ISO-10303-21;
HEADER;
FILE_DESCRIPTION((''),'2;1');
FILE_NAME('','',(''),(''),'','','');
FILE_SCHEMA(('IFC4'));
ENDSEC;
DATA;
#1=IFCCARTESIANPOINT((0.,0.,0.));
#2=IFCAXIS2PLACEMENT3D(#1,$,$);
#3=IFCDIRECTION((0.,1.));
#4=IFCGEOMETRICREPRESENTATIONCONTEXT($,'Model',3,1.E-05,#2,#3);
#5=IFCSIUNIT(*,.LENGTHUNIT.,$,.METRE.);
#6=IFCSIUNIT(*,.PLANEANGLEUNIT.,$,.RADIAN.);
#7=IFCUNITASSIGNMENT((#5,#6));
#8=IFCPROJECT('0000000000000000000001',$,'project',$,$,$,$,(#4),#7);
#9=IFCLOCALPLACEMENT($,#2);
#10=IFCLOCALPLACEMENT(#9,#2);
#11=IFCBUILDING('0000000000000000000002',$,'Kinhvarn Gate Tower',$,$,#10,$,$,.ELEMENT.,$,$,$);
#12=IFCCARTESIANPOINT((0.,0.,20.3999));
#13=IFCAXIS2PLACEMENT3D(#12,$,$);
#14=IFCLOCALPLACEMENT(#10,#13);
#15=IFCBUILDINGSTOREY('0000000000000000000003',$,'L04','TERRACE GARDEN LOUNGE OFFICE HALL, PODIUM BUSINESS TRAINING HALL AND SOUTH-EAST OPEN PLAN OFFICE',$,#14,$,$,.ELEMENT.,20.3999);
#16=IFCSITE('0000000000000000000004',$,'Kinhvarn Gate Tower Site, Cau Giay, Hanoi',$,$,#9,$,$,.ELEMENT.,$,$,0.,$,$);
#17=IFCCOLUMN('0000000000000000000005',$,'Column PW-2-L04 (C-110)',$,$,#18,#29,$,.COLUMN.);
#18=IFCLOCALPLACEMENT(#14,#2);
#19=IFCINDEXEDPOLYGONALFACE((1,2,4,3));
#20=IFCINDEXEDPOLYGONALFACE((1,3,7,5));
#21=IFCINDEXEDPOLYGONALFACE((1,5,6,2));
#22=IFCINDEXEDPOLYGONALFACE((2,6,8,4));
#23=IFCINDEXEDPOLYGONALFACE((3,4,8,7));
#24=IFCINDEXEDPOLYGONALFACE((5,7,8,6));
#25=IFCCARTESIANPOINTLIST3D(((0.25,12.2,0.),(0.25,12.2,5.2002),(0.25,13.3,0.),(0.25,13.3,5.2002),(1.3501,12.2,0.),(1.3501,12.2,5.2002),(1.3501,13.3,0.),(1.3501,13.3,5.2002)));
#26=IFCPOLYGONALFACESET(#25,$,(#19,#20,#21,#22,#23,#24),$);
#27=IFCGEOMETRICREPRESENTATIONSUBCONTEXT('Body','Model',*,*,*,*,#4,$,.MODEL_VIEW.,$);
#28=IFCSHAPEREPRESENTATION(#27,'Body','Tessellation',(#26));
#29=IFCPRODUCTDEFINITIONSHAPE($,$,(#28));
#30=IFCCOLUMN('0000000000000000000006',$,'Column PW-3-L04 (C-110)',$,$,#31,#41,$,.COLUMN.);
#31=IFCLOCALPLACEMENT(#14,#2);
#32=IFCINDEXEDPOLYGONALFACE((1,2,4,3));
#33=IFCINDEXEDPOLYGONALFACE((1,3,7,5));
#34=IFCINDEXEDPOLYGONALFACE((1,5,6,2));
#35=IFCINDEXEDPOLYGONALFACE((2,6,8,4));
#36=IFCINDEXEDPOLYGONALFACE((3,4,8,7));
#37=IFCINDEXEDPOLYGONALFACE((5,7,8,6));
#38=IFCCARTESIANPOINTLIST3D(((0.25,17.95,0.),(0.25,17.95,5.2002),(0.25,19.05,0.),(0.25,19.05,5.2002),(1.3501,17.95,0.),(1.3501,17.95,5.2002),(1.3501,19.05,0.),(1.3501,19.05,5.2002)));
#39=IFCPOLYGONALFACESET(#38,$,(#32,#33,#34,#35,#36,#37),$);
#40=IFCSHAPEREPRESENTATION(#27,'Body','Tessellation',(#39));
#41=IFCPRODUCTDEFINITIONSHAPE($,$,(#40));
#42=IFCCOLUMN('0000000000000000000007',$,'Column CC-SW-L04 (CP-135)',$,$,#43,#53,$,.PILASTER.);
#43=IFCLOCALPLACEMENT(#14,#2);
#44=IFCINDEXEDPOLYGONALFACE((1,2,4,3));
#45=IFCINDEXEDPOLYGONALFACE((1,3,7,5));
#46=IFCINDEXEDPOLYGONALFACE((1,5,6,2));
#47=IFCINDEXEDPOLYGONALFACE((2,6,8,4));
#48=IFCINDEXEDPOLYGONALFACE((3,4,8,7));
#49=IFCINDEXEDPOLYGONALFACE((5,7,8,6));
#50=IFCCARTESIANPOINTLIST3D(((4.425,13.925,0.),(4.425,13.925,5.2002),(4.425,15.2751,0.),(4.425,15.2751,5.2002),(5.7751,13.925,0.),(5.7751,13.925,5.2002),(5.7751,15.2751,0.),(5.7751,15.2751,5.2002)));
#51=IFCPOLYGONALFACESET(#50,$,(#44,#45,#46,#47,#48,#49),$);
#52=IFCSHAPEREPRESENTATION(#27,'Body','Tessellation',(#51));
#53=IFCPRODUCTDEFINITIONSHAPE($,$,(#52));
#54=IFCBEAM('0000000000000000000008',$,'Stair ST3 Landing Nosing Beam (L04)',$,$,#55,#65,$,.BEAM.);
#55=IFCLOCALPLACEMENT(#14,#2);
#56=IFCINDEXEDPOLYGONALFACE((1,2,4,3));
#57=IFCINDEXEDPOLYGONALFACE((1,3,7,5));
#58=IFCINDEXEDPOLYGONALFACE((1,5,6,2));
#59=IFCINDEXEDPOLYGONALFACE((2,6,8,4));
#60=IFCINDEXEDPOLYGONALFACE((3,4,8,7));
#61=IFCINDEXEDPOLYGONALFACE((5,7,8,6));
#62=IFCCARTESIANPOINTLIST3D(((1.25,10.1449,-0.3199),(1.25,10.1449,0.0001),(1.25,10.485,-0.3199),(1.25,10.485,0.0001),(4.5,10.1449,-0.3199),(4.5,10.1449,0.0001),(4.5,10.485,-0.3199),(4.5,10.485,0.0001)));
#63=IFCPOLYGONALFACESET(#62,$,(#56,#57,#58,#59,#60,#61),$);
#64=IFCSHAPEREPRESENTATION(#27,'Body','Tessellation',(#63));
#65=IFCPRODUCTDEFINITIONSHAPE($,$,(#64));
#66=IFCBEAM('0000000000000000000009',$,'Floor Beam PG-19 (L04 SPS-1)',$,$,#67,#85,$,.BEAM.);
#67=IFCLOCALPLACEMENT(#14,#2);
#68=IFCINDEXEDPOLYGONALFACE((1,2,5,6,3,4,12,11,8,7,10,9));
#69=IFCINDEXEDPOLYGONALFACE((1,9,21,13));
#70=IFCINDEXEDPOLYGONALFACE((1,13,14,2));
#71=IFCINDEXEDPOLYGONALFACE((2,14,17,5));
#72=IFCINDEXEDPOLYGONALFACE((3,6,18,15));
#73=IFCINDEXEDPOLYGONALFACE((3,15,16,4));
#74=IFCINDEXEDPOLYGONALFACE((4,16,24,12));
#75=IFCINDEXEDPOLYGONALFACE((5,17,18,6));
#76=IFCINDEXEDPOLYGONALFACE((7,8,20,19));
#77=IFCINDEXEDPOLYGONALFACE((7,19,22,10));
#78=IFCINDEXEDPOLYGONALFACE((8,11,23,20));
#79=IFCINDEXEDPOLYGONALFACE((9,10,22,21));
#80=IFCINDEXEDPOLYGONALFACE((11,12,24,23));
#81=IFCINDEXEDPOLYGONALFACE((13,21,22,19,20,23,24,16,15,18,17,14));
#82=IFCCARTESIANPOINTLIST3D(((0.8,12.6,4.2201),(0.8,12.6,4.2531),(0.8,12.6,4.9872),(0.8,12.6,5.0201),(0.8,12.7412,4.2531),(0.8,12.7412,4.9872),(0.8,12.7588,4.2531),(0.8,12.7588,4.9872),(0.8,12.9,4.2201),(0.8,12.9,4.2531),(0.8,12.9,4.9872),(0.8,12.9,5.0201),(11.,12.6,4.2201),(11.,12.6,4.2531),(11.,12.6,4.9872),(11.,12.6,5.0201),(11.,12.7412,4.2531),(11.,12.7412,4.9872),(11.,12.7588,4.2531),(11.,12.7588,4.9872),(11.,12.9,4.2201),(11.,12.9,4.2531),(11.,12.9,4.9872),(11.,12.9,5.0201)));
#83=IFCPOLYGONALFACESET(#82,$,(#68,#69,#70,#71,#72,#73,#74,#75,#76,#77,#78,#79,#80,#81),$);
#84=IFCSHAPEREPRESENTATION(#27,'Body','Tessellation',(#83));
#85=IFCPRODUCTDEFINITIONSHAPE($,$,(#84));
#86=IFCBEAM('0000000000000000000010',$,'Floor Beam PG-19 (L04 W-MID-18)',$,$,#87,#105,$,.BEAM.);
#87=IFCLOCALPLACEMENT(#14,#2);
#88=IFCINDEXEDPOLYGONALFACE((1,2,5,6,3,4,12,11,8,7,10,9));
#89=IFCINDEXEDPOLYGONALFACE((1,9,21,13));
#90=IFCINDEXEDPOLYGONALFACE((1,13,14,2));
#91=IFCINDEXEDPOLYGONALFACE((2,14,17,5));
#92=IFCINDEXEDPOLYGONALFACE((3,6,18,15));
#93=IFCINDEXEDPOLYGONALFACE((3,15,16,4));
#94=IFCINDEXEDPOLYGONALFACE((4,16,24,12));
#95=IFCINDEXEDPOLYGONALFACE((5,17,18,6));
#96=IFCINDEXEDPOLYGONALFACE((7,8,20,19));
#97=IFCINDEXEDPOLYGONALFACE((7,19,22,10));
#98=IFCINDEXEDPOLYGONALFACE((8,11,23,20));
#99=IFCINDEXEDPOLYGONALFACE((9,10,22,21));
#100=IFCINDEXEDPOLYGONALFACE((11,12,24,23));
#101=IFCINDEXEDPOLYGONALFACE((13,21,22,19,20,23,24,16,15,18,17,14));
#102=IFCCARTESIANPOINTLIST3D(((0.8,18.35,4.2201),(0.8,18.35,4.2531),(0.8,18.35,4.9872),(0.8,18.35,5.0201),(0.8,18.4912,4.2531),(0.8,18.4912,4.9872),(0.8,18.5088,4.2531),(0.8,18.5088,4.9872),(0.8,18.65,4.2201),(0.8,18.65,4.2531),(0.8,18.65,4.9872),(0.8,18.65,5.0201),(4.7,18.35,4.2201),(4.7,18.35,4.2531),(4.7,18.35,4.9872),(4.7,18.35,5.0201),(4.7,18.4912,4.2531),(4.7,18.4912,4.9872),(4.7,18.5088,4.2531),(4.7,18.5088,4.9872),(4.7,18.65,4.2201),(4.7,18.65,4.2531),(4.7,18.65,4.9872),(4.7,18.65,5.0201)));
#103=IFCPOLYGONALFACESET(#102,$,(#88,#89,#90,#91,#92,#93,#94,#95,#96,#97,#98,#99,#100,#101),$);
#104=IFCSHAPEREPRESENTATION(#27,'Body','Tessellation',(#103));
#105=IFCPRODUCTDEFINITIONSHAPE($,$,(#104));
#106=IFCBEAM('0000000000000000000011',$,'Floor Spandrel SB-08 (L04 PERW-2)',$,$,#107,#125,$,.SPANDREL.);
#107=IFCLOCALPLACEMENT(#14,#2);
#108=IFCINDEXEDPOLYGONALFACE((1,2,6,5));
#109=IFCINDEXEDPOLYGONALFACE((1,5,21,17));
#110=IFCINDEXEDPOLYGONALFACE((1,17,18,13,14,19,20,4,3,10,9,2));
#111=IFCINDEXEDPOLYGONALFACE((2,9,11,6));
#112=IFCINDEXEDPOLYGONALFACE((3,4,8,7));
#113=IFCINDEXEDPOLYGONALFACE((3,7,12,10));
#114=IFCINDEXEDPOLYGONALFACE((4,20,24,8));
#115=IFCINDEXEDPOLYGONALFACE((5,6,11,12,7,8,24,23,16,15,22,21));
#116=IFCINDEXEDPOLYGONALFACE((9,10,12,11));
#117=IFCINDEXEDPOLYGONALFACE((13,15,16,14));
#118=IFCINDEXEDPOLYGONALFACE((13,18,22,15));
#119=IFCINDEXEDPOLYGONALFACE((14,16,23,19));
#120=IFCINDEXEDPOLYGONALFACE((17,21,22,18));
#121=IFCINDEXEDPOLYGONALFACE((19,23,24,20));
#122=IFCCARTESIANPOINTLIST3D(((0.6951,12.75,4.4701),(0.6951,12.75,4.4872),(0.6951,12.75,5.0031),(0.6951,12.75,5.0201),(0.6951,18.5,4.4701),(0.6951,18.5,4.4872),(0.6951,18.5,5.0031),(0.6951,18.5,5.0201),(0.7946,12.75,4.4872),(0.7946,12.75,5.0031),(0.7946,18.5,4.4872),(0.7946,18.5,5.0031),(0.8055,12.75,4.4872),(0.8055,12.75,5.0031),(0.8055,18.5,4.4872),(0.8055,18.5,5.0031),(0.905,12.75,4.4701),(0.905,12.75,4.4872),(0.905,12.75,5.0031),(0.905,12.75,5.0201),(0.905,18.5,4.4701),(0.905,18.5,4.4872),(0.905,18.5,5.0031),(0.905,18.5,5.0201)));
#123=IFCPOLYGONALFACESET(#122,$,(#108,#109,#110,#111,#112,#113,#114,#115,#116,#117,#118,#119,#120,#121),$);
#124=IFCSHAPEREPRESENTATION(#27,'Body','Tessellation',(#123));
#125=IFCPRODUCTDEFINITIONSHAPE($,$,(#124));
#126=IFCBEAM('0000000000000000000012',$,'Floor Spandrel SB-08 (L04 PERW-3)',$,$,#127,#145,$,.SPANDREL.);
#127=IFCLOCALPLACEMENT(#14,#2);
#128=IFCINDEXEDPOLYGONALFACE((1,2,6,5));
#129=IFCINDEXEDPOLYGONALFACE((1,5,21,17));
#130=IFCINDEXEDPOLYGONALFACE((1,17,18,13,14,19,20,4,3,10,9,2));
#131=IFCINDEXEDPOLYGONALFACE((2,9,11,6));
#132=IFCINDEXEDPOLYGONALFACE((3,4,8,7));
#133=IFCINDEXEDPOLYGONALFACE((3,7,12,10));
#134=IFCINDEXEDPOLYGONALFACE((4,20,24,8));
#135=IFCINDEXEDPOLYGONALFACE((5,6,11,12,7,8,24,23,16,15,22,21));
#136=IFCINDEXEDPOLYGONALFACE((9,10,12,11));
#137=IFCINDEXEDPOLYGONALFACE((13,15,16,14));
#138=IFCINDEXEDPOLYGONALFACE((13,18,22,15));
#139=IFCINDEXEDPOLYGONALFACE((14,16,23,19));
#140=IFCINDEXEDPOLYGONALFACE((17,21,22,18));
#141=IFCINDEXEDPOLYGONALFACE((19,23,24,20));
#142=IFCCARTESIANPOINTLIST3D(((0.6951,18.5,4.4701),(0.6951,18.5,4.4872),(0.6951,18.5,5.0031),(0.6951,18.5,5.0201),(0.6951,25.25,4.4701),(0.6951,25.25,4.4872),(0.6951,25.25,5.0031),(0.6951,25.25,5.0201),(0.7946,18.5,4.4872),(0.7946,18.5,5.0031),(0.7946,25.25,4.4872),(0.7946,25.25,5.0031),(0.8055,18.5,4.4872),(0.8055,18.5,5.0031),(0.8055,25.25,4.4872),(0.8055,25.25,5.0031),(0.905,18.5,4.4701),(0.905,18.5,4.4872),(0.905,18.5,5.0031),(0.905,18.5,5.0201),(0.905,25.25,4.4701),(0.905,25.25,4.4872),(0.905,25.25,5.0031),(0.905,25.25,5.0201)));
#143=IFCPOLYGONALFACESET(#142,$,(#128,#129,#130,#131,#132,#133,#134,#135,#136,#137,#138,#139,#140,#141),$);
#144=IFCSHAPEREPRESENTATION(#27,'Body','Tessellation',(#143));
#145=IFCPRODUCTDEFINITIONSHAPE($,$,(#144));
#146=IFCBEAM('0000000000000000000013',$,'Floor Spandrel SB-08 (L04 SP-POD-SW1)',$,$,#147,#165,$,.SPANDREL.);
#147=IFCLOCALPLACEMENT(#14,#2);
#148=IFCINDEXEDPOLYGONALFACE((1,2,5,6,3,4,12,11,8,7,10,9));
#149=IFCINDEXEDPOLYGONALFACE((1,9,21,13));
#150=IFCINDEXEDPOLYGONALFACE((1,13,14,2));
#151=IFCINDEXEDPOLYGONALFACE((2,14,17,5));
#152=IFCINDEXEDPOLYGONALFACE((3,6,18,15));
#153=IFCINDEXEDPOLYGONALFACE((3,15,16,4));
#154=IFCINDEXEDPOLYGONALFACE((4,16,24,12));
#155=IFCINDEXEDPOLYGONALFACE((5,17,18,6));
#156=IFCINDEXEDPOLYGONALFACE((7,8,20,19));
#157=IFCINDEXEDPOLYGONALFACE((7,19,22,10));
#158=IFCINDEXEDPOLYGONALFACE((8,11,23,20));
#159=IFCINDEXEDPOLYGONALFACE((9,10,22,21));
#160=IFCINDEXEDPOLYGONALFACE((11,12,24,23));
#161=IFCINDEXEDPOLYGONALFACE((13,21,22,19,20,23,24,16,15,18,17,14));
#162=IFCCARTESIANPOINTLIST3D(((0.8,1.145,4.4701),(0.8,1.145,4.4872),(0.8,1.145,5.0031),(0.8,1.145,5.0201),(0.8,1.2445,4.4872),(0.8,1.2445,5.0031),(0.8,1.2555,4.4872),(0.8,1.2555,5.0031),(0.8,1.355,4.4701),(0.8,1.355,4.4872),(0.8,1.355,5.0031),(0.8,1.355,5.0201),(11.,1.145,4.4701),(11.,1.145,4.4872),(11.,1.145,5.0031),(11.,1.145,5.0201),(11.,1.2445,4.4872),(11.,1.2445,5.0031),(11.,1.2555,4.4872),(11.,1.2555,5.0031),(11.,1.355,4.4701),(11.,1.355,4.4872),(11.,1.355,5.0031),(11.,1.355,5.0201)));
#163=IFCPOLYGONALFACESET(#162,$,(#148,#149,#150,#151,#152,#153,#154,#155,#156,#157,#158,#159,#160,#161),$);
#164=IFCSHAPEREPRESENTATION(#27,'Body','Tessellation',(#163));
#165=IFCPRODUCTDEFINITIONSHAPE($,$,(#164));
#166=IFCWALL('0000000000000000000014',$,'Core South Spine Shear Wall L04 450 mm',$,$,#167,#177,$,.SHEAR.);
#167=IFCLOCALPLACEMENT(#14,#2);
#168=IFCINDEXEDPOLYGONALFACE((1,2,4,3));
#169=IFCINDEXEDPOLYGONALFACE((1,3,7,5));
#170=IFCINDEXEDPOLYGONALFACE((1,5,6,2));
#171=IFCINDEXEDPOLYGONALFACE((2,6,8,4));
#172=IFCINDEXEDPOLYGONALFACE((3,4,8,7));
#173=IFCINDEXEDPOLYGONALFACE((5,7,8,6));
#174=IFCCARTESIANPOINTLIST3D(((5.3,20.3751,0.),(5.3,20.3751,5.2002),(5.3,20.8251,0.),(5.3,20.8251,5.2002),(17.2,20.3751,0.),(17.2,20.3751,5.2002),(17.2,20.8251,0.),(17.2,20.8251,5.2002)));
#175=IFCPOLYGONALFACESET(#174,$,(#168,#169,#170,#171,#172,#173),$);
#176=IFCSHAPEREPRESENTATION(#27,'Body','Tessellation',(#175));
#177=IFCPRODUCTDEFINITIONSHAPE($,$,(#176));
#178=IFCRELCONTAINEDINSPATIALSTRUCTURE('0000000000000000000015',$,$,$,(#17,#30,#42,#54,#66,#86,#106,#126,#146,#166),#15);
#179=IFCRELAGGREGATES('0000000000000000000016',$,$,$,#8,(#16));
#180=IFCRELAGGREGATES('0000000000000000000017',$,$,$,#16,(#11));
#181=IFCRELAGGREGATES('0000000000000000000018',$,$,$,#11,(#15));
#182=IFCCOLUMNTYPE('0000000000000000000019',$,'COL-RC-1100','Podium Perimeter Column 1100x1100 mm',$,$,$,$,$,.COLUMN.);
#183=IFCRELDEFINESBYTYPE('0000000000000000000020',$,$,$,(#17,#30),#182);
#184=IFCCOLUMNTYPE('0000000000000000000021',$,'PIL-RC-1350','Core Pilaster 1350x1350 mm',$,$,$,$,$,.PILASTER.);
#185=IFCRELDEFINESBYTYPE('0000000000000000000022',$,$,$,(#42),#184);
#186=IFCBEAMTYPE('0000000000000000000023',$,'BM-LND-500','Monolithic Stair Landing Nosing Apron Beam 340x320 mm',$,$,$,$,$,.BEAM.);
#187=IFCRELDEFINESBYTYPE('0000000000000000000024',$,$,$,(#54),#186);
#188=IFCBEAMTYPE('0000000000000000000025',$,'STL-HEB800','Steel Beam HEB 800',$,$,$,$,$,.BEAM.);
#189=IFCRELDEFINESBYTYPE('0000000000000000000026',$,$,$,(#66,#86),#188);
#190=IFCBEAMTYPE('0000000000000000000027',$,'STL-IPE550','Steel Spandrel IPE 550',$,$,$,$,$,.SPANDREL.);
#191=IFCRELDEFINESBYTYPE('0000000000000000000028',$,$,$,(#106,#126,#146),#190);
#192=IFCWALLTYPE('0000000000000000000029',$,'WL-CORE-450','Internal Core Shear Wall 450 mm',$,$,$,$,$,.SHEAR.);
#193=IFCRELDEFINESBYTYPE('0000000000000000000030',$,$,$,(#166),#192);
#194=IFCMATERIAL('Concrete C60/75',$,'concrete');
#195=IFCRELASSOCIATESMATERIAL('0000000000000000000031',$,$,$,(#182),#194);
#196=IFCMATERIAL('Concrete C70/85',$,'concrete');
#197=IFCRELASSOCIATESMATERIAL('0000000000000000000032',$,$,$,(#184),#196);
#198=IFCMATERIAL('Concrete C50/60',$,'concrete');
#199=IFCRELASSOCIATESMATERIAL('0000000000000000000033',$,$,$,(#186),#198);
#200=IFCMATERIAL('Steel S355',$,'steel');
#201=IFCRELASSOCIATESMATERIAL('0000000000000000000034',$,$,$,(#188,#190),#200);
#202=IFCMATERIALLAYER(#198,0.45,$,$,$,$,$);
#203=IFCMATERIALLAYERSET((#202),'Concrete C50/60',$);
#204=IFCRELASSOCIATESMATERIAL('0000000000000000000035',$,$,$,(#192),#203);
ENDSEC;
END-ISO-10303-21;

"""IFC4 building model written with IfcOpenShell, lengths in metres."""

from ifc_helpers import new_model, si_unit, direction, frame, frame_2d, origin, origin_2d, place, context, subcontext, project, spatial, rectangle, i_section, extrude, material, layer, layer_set, material_profile, profile_set, type_object, element, save


model = new_model("IFC4")

# Units and contexts
model_context = context("Model", 3, precision=1e-05, world=origin(), true_north=direction((0.0, 1.0)))
body_context = subcontext(model_context, "Body", "Model", "MODEL_VIEW")
ifc_project = project(units=[si_unit("LENGTHUNIT", "METRE"), si_unit("PLANEANGLEUNIT", "RADIAN")], contexts=[model_context])

# Site, building, storey
site_placement = place(None, origin())
site = spatial("IfcSite", under=ifc_project, at=site_placement, Name="Kinhvarn Gate Tower Site, Cau Giay, Hanoi", CompositionType="ELEMENT", RefElevation=0.0)
building_placement = place(site_placement, origin())
building = spatial("IfcBuilding", under=site, at=building_placement, Name="Kinhvarn Gate Tower", CompositionType="ELEMENT")
storey_placement = place(building_placement, frame((0.0, 0.0, 20.3999)))
storey = spatial("IfcBuildingStorey", under=building, at=storey_placement, Name="L04", Description="TERRACE GARDEN LOUNGE OFFICE HALL, PODIUM BUSINESS TRAINING HALL AND SOUTH-EAST OPEN PLAN OFFICE", CompositionType="ELEMENT", Elevation=20.3999)

# Columns
ifc_material_1 = material(Name="Concrete C60/75", Category="concrete")
ifc_material_profile_1 = material_profile(ifc_material_1, rectangle(XDim=1.1001, YDim=1.1001, at=origin_2d()), Name="RC 1100x1100")
ifc_profile_set_1 = profile_set([ifc_material_profile_1], Name="Concrete C60/75")
column_type_1 = type_object("IfcColumnType", Name="COL-RC-1100", Description="Podium Perimeter Column 1100x1100 mm", PredefinedType="COLUMN", material=ifc_profile_set_1)
for number, where, z_axis, x_axis, name in (
    (1, (0.8, 12.75, 0.0), (0.0, 0.0, 1.0), (1.0, 0.0, 0.0), "Column PW-2-L04 (C-110)"),
    (2, (0.8, 18.5, 0.0), (0.0, 0.0, 1.0), (1.0, 0.0, 0.0), "Column PW-3-L04 (C-110)"),
):
    element("IfcColumn", number, at=place(storey_placement, frame(where, z_axis=z_axis, x_axis=x_axis)), inside=storey, type_object=column_type_1, Name=name, PredefinedType="COLUMN", context=body_context, shape_type="SweptSolid", body=[
        extrude(rectangle(XDim=1.1001, YDim=1.1001, at=origin_2d()), origin(), (0.0, 0.0, 1.0), 5.2002),
    ])
ifc_material_2 = material(Name="Concrete C70/85", Category="concrete")
ifc_material_profile_2 = material_profile(ifc_material_2, rectangle(XDim=1.3501, YDim=1.3501, at=origin_2d()), Name="RC 1350x1350")
ifc_profile_set_2 = profile_set([ifc_material_profile_2], Name="Concrete C70/85")
column_type_2 = type_object("IfcColumnType", Name="PIL-RC-1350", Description="Core Pilaster 1350x1350 mm", PredefinedType="PILASTER", material=ifc_profile_set_2)
column_placement = place(storey_placement, frame((5.1001, 14.6001, 0.0), z_axis=(0.0, 0.0, 1.0), x_axis=(1.0, 0.0, 0.0)))
element("IfcColumn", 3, at=column_placement, inside=storey, type_object=column_type_2, Name="Column CC-SW-L04 (CP-135)", PredefinedType="PILASTER", context=body_context, shape_type="SweptSolid", body=[
    extrude(rectangle(XDim=1.3501, YDim=1.3501, at=origin_2d()), origin(), (0.0, 0.0, 1.0), 5.2002),
])

# Beams
ifc_material_3 = material(Name="Concrete C50/60", Category="concrete")
ifc_material_profile_3 = material_profile(ifc_material_3, rectangle(XDim=0.3401, YDim=0.3201, at=origin_2d()), Name="RC 340x320")
ifc_profile_set_3 = profile_set([ifc_material_profile_3], Name="Concrete C50/60")
beam_type_1 = type_object("IfcBeamType", Name="BM-LND-500", Description="Monolithic Stair Landing Nosing Apron Beam 340x320 mm", PredefinedType="BEAM", material=ifc_profile_set_3)
beam_1_placement = place(storey_placement, frame((1.25, 10.3149, -0.1599), z_axis=(1.0, 0.0, 0.0), x_axis=(0.0, 1.0, 0.0)))
element("IfcBeam", 4, at=beam_1_placement, inside=storey, type_object=beam_type_1, Name="Stair ST3 Landing Nosing Beam (L04)", PredefinedType="BEAM", context=body_context, shape_type="SweptSolid", body=[
    extrude(rectangle(XDim=0.3401, YDim=0.3201, at=origin_2d()), origin(), (0.0, 0.0, 1.0), 3.25),
])
ifc_material_4 = material(Name="Steel S355", Category="steel")
ifc_material_profile_4 = material_profile(ifc_material_4, i_section(OverallWidth=0.3, OverallDepth=0.8, WebThickness=0.0176, FlangeThickness=0.033, at=origin_2d()), Name="HEB 800")
ifc_profile_set_4 = profile_set([ifc_material_profile_4], Name="Steel S355")
beam_type_2 = type_object("IfcBeamType", Name="STL-HEB800", Description="Steel Beam HEB 800", PredefinedType="BEAM", material=ifc_profile_set_4)
beam_2_placement = place(storey_placement, frame((0.8, 12.75, 4.6201), z_axis=(1.0, 0.0, 0.0), x_axis=(0.0, 1.0, 0.0)))
element("IfcBeam", 5, at=beam_2_placement, inside=storey, type_object=beam_type_2, Name="Floor Beam PG-19 (L04 SPS-1)", PredefinedType="BEAM", context=body_context, shape_type="SweptSolid", body=[
    extrude(i_section(OverallWidth=0.3, OverallDepth=0.8, WebThickness=0.0176, FlangeThickness=0.033, at=origin_2d()), origin(), (0.0, 0.0, 1.0), 10.2),
])
beam_3_placement = place(storey_placement, frame((0.8, 18.5, 4.6201), z_axis=(1.0, 0.0, 0.0), x_axis=(0.0, 1.0, 0.0)))
element("IfcBeam", 6, at=beam_3_placement, inside=storey, type_object=beam_type_2, Name="Floor Beam PG-19 (L04 W-MID-18)", PredefinedType="BEAM", context=body_context, shape_type="SweptSolid", body=[
    extrude(i_section(OverallWidth=0.3, OverallDepth=0.8, WebThickness=0.0176, FlangeThickness=0.033, at=origin_2d()), origin(), (0.0, 0.0, 1.0), 3.8999),
])
ifc_material_profile_5 = material_profile(ifc_material_4, i_section(OverallWidth=0.21, OverallDepth=0.55, WebThickness=0.011, FlangeThickness=0.0171, at=origin_2d()), Name="IPE 550")
ifc_profile_set_5 = profile_set([ifc_material_profile_5], Name="Steel S355")
beam_type_3 = type_object("IfcBeamType", Name="STL-IPE550", Description="Steel Spandrel IPE 550", PredefinedType="SPANDREL", material=ifc_profile_set_5)
beam_4_placement = place(storey_placement, frame((0.8, 12.75, 4.7451), z_axis=(0.0, 1.0, 0.0), x_axis=(-1.0, 0.0, 0.0)))
element("IfcBeam", 7, at=beam_4_placement, inside=storey, type_object=beam_type_3, Name="Floor Spandrel SB-08 (L04 PERW-2)", PredefinedType="SPANDREL", context=body_context, shape_type="SweptSolid", body=[
    extrude(i_section(OverallWidth=0.21, OverallDepth=0.55, WebThickness=0.011, FlangeThickness=0.0171, at=origin_2d()), origin(), (0.0, 0.0, 1.0), 5.75),
])
beam_5_placement = place(storey_placement, frame((0.8, 18.5, 4.7451), z_axis=(0.0, 1.0, 0.0), x_axis=(-1.0, 0.0, 0.0)))
element("IfcBeam", 8, at=beam_5_placement, inside=storey, type_object=beam_type_3, Name="Floor Spandrel SB-08 (L04 PERW-3)", PredefinedType="SPANDREL", context=body_context, shape_type="SweptSolid", body=[
    extrude(i_section(OverallWidth=0.21, OverallDepth=0.55, WebThickness=0.011, FlangeThickness=0.0171, at=origin_2d()), origin(), (0.0, 0.0, 1.0), 6.75),
])
beam_6_placement = place(storey_placement, frame((0.8, 1.25, 4.7451), z_axis=(1.0, 0.0, 0.0), x_axis=(0.0, 1.0, 0.0)))
element("IfcBeam", 9, at=beam_6_placement, inside=storey, type_object=beam_type_3, Name="Floor Spandrel SB-08 (L04 SP-POD-SW1)", PredefinedType="SPANDREL", context=body_context, shape_type="SweptSolid", body=[
    extrude(i_section(OverallWidth=0.21, OverallDepth=0.55, WebThickness=0.011, FlangeThickness=0.0171, at=origin_2d()), origin(), (0.0, 0.0, 1.0), 10.2),
])

# Wall
ifc_layer_1 = layer(ifc_material_3, 0.45)
ifc_layer_set_1 = layer_set([ifc_layer_1], Name="Concrete C50/60")
wall_type_1 = type_object("IfcWallType", Name="WL-CORE-450", Description="Internal Core Shear Wall 450 mm", PredefinedType="SHEAR", material=ifc_layer_set_1)
wall_1_placement = place(storey_placement, frame((5.3, 20.6001, 0.0), z_axis=(0.0, 0.0, 1.0), x_axis=(1.0, 0.0, 0.0)))
element("IfcWall", 10, at=wall_1_placement, inside=storey, type_object=wall_type_1, Name="Core South Spine Shear Wall L04 450 mm", PredefinedType="SHEAR", context=body_context, shape_type="SweptSolid", body=[
    extrude(rectangle(XDim=11.8999, YDim=0.45, at=frame_2d((5.95, 0.0))), origin(), (0.0, 0.0, 1.0), 5.2002),
])

save(model, "model.ifc")
